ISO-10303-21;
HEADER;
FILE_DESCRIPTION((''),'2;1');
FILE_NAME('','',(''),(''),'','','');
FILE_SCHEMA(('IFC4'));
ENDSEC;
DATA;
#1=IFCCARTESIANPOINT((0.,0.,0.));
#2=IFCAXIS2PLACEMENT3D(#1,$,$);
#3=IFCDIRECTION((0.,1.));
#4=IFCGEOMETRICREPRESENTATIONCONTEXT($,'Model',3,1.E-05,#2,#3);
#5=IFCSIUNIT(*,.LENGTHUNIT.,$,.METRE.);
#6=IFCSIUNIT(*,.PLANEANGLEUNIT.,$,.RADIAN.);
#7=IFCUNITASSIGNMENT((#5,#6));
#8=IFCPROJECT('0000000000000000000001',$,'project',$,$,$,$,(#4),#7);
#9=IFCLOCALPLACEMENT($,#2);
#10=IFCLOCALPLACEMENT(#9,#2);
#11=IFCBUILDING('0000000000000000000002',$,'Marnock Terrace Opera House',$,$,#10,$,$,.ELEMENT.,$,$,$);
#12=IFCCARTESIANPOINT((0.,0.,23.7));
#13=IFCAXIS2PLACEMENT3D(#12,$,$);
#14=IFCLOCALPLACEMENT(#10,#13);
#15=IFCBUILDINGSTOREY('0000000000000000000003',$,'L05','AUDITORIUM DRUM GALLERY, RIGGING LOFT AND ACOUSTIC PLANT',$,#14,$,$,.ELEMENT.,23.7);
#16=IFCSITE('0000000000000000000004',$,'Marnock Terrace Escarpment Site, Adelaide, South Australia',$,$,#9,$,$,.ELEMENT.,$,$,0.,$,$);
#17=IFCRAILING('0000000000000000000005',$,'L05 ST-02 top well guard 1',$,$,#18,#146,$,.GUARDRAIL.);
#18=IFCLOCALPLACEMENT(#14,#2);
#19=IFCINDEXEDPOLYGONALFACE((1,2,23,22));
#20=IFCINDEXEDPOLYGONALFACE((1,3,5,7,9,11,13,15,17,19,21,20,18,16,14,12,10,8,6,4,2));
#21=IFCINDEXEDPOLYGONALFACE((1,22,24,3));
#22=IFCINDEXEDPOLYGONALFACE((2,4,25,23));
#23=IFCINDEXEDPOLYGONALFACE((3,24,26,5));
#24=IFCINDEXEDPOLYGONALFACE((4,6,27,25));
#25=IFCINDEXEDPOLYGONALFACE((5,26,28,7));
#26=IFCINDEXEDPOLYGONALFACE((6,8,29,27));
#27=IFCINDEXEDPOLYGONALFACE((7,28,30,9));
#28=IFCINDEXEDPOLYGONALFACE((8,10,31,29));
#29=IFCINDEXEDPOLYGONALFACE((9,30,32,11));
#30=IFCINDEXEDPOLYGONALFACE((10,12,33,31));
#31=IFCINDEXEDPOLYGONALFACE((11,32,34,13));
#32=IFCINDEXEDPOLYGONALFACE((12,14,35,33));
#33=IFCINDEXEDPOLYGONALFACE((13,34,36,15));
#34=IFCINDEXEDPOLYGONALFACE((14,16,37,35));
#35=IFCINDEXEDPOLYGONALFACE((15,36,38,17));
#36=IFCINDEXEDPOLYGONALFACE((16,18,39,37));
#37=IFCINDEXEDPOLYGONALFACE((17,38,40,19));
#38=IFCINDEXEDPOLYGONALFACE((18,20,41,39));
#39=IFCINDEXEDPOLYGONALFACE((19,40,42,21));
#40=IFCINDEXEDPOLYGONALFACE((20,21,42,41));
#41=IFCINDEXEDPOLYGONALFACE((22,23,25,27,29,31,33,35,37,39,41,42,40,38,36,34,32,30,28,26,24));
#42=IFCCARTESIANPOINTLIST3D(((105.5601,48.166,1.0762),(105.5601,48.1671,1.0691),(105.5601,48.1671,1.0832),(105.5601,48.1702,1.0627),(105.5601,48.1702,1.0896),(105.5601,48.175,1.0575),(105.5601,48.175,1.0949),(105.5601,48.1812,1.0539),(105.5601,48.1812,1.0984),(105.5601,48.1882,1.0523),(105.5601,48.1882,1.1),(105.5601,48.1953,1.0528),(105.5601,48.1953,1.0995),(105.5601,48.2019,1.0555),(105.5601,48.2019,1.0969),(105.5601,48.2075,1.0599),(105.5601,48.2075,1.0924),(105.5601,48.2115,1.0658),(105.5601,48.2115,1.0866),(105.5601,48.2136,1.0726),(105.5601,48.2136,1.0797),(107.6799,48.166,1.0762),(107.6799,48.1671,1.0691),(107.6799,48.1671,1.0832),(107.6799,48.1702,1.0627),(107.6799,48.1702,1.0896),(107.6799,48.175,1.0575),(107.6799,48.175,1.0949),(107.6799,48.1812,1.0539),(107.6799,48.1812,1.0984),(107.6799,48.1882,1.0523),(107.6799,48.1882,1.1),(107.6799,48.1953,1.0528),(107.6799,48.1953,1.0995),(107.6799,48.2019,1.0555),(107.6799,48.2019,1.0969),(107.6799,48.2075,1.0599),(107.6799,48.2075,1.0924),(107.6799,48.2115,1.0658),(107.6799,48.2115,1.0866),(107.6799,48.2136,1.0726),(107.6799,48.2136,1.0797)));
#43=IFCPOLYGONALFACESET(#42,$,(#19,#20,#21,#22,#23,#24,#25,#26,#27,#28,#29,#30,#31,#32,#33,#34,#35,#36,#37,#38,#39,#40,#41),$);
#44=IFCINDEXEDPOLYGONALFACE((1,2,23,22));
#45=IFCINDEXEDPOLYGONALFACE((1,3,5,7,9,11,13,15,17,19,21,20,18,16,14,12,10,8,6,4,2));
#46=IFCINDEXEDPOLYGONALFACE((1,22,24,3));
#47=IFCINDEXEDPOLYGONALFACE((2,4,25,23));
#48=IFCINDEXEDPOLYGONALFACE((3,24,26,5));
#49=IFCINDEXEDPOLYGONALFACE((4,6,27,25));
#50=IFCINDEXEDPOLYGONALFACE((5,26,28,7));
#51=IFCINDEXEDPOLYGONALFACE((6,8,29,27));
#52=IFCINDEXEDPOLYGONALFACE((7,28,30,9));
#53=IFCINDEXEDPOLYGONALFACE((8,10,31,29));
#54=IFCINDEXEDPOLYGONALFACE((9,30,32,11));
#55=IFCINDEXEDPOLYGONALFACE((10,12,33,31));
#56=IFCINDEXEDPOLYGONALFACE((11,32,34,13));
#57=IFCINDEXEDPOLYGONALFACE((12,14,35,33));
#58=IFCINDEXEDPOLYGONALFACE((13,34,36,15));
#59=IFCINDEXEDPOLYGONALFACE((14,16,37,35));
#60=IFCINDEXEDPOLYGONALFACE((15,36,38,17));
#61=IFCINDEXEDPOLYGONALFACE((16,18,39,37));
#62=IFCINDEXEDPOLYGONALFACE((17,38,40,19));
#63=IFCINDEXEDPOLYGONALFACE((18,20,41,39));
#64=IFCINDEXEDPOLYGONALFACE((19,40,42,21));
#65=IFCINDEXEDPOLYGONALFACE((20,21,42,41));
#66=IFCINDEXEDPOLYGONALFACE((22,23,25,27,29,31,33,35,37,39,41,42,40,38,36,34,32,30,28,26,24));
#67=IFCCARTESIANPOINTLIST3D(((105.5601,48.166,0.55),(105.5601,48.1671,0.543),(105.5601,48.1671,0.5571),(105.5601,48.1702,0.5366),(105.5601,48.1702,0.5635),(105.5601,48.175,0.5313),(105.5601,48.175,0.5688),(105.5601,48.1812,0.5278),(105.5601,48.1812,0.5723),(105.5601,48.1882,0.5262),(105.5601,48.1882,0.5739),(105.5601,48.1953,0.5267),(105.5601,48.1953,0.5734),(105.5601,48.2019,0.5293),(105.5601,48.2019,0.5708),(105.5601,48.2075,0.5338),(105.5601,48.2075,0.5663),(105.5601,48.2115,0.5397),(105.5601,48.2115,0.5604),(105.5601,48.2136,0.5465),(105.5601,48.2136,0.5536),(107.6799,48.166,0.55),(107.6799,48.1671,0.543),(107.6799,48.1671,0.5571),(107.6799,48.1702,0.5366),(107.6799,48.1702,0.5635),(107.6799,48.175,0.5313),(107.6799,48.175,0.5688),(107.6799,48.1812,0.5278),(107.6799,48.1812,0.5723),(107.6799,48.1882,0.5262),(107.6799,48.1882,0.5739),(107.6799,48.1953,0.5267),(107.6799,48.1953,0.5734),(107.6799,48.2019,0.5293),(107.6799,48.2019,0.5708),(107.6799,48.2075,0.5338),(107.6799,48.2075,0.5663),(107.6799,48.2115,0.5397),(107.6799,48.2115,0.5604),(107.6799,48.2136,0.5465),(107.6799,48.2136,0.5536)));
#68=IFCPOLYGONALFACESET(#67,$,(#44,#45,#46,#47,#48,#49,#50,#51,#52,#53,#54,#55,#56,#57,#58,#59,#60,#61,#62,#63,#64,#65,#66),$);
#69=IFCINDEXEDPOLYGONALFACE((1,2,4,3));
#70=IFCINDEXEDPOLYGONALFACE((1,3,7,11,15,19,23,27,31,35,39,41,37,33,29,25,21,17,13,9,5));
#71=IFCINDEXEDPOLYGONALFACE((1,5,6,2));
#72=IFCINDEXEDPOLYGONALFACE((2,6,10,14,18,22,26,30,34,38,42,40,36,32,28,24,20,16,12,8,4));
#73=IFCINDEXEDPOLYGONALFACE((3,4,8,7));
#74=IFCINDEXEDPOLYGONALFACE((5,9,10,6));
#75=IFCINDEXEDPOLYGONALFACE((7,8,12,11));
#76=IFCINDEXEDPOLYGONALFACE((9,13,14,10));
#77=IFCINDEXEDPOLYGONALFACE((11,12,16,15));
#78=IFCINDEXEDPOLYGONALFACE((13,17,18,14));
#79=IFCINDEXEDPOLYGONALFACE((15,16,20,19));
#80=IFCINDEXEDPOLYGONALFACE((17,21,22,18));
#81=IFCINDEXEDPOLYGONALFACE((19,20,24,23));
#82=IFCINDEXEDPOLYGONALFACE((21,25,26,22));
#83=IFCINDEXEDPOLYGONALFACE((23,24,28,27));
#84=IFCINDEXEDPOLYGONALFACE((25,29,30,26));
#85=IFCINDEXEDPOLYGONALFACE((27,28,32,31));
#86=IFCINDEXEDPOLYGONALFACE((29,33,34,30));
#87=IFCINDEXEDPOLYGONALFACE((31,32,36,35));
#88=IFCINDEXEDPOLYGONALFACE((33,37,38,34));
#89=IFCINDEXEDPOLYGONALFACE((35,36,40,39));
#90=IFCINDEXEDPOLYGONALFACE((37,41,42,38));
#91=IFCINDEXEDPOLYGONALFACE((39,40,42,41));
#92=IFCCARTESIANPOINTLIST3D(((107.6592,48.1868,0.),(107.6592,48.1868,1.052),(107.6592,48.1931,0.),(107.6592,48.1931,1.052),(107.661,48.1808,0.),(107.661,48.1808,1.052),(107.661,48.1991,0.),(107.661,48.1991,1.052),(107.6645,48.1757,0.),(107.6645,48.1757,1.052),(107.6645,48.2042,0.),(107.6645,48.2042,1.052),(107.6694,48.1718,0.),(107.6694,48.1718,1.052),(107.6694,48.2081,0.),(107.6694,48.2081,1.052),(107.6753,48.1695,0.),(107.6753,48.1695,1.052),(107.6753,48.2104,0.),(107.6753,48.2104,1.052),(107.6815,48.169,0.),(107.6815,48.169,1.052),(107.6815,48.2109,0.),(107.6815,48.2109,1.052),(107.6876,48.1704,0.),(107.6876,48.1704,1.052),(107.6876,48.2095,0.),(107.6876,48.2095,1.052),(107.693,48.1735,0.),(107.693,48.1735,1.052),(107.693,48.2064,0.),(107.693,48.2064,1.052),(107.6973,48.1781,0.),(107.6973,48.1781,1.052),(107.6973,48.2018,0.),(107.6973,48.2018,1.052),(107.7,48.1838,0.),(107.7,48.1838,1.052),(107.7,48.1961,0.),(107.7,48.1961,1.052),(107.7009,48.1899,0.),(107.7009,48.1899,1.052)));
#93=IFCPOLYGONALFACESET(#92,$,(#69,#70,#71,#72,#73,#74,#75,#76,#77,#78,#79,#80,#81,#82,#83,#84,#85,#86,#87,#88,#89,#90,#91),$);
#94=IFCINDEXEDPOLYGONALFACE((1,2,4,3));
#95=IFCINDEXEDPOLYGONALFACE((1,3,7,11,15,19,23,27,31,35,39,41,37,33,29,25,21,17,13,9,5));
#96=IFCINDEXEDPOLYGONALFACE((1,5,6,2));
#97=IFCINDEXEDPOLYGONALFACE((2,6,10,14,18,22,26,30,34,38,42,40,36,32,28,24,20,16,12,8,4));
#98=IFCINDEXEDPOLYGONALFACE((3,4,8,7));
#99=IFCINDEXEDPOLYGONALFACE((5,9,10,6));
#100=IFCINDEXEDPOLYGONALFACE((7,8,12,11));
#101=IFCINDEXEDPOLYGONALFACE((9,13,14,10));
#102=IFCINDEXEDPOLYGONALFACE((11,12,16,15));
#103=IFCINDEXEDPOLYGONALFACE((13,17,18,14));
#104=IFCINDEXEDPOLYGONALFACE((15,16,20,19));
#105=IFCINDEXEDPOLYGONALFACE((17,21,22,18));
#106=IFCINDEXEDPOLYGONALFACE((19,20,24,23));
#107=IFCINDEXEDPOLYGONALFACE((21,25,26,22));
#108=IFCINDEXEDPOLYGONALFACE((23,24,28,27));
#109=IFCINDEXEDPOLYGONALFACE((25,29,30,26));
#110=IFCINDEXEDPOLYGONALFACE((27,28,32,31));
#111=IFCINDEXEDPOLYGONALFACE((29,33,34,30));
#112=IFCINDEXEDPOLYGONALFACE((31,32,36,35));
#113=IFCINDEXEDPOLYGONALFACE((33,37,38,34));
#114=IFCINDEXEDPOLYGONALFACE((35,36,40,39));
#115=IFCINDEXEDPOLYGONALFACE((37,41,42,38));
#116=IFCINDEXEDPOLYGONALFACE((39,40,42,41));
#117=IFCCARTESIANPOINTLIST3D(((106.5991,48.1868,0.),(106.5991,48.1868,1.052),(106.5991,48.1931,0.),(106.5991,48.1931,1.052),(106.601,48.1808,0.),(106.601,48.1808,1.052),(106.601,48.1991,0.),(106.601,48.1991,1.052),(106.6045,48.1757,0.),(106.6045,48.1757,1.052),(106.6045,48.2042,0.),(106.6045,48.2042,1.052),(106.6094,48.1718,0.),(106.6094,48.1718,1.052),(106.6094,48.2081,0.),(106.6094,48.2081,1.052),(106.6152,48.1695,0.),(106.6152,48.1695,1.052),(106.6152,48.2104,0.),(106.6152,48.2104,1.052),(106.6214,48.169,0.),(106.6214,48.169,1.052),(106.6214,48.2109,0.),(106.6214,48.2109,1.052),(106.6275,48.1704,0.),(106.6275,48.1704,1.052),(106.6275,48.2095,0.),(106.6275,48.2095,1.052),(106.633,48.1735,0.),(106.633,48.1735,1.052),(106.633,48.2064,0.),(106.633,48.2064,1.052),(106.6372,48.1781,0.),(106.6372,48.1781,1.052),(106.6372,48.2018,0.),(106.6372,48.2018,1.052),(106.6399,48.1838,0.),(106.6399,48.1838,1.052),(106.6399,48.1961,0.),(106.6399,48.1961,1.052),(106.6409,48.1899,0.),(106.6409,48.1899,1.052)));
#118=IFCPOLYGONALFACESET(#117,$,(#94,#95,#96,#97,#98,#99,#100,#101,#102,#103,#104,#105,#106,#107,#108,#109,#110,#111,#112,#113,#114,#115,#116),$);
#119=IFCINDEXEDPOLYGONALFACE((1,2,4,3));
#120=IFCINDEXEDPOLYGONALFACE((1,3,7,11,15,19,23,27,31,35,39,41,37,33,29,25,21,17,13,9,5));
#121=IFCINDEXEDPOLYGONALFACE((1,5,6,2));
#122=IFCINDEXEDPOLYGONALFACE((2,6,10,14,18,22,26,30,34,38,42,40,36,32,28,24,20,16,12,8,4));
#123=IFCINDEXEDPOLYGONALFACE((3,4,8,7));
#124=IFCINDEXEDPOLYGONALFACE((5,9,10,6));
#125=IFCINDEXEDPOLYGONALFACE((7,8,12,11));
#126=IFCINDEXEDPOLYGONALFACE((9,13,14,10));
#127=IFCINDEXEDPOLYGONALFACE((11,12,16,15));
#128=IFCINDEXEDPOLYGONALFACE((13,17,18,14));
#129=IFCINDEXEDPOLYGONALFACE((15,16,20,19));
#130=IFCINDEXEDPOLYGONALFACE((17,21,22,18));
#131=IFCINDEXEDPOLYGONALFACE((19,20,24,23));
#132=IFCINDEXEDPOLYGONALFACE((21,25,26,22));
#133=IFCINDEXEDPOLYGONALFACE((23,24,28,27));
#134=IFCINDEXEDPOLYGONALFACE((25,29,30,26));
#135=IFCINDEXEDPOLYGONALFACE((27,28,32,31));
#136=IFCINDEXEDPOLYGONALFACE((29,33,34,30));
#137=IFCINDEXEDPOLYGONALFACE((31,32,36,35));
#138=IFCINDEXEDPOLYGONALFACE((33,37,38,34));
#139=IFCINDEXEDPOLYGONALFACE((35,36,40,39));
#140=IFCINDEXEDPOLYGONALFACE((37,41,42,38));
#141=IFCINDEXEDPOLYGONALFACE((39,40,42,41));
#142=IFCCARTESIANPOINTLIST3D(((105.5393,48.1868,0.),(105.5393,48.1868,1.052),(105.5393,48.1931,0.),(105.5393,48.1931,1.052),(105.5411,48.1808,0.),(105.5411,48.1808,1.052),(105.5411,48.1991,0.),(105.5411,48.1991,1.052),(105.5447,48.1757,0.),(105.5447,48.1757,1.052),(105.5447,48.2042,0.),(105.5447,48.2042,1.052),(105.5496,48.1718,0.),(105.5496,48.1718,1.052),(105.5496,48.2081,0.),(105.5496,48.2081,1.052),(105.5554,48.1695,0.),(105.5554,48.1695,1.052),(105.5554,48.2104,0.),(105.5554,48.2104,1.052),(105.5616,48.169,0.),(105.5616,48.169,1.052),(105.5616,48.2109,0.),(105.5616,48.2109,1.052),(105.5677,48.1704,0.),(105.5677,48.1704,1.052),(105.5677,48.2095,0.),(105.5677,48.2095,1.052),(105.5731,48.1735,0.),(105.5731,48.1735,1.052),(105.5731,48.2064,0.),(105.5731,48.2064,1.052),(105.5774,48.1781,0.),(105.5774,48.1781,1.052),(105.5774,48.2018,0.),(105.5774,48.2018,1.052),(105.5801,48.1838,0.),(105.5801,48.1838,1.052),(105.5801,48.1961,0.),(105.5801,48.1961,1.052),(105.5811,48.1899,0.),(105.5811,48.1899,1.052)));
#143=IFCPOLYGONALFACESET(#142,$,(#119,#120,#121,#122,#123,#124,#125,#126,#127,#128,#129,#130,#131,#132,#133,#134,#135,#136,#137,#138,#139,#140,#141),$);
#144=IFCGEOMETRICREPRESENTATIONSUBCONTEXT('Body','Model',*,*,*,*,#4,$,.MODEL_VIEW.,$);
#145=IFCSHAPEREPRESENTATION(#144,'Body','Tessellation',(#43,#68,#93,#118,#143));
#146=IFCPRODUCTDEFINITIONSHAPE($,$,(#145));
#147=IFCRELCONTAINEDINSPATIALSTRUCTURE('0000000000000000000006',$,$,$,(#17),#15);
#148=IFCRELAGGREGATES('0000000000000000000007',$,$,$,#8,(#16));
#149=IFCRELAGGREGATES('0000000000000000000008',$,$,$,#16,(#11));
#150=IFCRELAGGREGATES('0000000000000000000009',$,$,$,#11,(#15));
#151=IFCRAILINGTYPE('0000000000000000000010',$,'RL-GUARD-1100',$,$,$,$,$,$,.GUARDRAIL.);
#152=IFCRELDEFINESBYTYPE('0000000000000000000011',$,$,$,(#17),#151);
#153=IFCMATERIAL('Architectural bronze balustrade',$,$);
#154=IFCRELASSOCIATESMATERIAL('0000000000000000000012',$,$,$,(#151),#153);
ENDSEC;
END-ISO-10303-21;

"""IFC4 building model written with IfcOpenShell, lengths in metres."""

from ifc_helpers import new_model, si_unit, direction, frame, origin, origin_2d, place, context, subcontext, project, spatial, circle, extrude, material, type_object, element, save


model = new_model("IFC4")

# Units and contexts
model_context = context("Model", 3, precision=1e-05, world=origin(), true_north=direction((0.0, 1.0)))
body_context = subcontext(model_context, "Body", "Model", "MODEL_VIEW")
ifc_project = project(units=[si_unit("LENGTHUNIT", "METRE"), si_unit("PLANEANGLEUNIT", "RADIAN")], contexts=[model_context])

# Site, building, storey
site_placement = place(None, origin())
site = spatial("IfcSite", under=ifc_project, at=site_placement, Name="Marnock Terrace Escarpment Site, Adelaide, South Australia", CompositionType="ELEMENT", RefElevation=0.0)
building_placement = place(site_placement, origin())
building = spatial("IfcBuilding", under=site, at=building_placement, Name="Marnock Terrace Opera House", CompositionType="ELEMENT")
storey_placement = place(building_placement, frame((0.0, 0.0, 23.7)))
storey = spatial("IfcBuildingStorey", under=building, at=storey_placement, Name="L05", Description="AUDITORIUM DRUM GALLERY, RIGGING LOFT AND ACOUSTIC PLANT", CompositionType="ELEMENT", Elevation=23.7)

# Railing
ifc_material_1 = material(Name="Architectural bronze balustrade")
railing_type = type_object("IfcRailingType", Name="RL-GUARD-1100", PredefinedType="GUARDRAIL", material=ifc_material_1)
railing_placement = place(storey_placement, frame((107.6799, 48.1899, 0.0)))
element("IfcRailing", 1, at=railing_placement, inside=storey, type_object=railing_type, Name="L05 ST-02 top well guard 1", PredefinedType="GUARDRAIL", context=body_context, shape_type="SweptSolid", body=[
    extrude(circle(Radius=0.0239, at=origin_2d()), frame((0.0, 0.0, 1.0762), z_axis=(-1.0, 0.0, 0.0), x_axis=(0.0, -1.0, 0.0)), (0.0, 0.0, 1.0), 2.1199),
    extrude(circle(Radius=0.0239, at=origin_2d()), frame((0.0, 0.0, 0.55), z_axis=(-1.0, 0.0, 0.0), x_axis=(0.0, -1.0, 0.0)), (0.0, 0.0, 1.0), 2.1199),
    extrude(circle(Radius=0.021, at=origin_2d()), origin(), (0.0, 0.0, 1.0), 1.052),
    extrude(circle(Radius=0.021, at=origin_2d()), frame((-1.0601, 0.0, 0.0)), (0.0, 0.0, 1.0), 1.052),
    extrude(circle(Radius=0.021, at=origin_2d()), frame((-2.1199, 0.0, 0.0)), (0.0, 0.0, 1.0), 1.052),
])

save(model, "model.ifc")
